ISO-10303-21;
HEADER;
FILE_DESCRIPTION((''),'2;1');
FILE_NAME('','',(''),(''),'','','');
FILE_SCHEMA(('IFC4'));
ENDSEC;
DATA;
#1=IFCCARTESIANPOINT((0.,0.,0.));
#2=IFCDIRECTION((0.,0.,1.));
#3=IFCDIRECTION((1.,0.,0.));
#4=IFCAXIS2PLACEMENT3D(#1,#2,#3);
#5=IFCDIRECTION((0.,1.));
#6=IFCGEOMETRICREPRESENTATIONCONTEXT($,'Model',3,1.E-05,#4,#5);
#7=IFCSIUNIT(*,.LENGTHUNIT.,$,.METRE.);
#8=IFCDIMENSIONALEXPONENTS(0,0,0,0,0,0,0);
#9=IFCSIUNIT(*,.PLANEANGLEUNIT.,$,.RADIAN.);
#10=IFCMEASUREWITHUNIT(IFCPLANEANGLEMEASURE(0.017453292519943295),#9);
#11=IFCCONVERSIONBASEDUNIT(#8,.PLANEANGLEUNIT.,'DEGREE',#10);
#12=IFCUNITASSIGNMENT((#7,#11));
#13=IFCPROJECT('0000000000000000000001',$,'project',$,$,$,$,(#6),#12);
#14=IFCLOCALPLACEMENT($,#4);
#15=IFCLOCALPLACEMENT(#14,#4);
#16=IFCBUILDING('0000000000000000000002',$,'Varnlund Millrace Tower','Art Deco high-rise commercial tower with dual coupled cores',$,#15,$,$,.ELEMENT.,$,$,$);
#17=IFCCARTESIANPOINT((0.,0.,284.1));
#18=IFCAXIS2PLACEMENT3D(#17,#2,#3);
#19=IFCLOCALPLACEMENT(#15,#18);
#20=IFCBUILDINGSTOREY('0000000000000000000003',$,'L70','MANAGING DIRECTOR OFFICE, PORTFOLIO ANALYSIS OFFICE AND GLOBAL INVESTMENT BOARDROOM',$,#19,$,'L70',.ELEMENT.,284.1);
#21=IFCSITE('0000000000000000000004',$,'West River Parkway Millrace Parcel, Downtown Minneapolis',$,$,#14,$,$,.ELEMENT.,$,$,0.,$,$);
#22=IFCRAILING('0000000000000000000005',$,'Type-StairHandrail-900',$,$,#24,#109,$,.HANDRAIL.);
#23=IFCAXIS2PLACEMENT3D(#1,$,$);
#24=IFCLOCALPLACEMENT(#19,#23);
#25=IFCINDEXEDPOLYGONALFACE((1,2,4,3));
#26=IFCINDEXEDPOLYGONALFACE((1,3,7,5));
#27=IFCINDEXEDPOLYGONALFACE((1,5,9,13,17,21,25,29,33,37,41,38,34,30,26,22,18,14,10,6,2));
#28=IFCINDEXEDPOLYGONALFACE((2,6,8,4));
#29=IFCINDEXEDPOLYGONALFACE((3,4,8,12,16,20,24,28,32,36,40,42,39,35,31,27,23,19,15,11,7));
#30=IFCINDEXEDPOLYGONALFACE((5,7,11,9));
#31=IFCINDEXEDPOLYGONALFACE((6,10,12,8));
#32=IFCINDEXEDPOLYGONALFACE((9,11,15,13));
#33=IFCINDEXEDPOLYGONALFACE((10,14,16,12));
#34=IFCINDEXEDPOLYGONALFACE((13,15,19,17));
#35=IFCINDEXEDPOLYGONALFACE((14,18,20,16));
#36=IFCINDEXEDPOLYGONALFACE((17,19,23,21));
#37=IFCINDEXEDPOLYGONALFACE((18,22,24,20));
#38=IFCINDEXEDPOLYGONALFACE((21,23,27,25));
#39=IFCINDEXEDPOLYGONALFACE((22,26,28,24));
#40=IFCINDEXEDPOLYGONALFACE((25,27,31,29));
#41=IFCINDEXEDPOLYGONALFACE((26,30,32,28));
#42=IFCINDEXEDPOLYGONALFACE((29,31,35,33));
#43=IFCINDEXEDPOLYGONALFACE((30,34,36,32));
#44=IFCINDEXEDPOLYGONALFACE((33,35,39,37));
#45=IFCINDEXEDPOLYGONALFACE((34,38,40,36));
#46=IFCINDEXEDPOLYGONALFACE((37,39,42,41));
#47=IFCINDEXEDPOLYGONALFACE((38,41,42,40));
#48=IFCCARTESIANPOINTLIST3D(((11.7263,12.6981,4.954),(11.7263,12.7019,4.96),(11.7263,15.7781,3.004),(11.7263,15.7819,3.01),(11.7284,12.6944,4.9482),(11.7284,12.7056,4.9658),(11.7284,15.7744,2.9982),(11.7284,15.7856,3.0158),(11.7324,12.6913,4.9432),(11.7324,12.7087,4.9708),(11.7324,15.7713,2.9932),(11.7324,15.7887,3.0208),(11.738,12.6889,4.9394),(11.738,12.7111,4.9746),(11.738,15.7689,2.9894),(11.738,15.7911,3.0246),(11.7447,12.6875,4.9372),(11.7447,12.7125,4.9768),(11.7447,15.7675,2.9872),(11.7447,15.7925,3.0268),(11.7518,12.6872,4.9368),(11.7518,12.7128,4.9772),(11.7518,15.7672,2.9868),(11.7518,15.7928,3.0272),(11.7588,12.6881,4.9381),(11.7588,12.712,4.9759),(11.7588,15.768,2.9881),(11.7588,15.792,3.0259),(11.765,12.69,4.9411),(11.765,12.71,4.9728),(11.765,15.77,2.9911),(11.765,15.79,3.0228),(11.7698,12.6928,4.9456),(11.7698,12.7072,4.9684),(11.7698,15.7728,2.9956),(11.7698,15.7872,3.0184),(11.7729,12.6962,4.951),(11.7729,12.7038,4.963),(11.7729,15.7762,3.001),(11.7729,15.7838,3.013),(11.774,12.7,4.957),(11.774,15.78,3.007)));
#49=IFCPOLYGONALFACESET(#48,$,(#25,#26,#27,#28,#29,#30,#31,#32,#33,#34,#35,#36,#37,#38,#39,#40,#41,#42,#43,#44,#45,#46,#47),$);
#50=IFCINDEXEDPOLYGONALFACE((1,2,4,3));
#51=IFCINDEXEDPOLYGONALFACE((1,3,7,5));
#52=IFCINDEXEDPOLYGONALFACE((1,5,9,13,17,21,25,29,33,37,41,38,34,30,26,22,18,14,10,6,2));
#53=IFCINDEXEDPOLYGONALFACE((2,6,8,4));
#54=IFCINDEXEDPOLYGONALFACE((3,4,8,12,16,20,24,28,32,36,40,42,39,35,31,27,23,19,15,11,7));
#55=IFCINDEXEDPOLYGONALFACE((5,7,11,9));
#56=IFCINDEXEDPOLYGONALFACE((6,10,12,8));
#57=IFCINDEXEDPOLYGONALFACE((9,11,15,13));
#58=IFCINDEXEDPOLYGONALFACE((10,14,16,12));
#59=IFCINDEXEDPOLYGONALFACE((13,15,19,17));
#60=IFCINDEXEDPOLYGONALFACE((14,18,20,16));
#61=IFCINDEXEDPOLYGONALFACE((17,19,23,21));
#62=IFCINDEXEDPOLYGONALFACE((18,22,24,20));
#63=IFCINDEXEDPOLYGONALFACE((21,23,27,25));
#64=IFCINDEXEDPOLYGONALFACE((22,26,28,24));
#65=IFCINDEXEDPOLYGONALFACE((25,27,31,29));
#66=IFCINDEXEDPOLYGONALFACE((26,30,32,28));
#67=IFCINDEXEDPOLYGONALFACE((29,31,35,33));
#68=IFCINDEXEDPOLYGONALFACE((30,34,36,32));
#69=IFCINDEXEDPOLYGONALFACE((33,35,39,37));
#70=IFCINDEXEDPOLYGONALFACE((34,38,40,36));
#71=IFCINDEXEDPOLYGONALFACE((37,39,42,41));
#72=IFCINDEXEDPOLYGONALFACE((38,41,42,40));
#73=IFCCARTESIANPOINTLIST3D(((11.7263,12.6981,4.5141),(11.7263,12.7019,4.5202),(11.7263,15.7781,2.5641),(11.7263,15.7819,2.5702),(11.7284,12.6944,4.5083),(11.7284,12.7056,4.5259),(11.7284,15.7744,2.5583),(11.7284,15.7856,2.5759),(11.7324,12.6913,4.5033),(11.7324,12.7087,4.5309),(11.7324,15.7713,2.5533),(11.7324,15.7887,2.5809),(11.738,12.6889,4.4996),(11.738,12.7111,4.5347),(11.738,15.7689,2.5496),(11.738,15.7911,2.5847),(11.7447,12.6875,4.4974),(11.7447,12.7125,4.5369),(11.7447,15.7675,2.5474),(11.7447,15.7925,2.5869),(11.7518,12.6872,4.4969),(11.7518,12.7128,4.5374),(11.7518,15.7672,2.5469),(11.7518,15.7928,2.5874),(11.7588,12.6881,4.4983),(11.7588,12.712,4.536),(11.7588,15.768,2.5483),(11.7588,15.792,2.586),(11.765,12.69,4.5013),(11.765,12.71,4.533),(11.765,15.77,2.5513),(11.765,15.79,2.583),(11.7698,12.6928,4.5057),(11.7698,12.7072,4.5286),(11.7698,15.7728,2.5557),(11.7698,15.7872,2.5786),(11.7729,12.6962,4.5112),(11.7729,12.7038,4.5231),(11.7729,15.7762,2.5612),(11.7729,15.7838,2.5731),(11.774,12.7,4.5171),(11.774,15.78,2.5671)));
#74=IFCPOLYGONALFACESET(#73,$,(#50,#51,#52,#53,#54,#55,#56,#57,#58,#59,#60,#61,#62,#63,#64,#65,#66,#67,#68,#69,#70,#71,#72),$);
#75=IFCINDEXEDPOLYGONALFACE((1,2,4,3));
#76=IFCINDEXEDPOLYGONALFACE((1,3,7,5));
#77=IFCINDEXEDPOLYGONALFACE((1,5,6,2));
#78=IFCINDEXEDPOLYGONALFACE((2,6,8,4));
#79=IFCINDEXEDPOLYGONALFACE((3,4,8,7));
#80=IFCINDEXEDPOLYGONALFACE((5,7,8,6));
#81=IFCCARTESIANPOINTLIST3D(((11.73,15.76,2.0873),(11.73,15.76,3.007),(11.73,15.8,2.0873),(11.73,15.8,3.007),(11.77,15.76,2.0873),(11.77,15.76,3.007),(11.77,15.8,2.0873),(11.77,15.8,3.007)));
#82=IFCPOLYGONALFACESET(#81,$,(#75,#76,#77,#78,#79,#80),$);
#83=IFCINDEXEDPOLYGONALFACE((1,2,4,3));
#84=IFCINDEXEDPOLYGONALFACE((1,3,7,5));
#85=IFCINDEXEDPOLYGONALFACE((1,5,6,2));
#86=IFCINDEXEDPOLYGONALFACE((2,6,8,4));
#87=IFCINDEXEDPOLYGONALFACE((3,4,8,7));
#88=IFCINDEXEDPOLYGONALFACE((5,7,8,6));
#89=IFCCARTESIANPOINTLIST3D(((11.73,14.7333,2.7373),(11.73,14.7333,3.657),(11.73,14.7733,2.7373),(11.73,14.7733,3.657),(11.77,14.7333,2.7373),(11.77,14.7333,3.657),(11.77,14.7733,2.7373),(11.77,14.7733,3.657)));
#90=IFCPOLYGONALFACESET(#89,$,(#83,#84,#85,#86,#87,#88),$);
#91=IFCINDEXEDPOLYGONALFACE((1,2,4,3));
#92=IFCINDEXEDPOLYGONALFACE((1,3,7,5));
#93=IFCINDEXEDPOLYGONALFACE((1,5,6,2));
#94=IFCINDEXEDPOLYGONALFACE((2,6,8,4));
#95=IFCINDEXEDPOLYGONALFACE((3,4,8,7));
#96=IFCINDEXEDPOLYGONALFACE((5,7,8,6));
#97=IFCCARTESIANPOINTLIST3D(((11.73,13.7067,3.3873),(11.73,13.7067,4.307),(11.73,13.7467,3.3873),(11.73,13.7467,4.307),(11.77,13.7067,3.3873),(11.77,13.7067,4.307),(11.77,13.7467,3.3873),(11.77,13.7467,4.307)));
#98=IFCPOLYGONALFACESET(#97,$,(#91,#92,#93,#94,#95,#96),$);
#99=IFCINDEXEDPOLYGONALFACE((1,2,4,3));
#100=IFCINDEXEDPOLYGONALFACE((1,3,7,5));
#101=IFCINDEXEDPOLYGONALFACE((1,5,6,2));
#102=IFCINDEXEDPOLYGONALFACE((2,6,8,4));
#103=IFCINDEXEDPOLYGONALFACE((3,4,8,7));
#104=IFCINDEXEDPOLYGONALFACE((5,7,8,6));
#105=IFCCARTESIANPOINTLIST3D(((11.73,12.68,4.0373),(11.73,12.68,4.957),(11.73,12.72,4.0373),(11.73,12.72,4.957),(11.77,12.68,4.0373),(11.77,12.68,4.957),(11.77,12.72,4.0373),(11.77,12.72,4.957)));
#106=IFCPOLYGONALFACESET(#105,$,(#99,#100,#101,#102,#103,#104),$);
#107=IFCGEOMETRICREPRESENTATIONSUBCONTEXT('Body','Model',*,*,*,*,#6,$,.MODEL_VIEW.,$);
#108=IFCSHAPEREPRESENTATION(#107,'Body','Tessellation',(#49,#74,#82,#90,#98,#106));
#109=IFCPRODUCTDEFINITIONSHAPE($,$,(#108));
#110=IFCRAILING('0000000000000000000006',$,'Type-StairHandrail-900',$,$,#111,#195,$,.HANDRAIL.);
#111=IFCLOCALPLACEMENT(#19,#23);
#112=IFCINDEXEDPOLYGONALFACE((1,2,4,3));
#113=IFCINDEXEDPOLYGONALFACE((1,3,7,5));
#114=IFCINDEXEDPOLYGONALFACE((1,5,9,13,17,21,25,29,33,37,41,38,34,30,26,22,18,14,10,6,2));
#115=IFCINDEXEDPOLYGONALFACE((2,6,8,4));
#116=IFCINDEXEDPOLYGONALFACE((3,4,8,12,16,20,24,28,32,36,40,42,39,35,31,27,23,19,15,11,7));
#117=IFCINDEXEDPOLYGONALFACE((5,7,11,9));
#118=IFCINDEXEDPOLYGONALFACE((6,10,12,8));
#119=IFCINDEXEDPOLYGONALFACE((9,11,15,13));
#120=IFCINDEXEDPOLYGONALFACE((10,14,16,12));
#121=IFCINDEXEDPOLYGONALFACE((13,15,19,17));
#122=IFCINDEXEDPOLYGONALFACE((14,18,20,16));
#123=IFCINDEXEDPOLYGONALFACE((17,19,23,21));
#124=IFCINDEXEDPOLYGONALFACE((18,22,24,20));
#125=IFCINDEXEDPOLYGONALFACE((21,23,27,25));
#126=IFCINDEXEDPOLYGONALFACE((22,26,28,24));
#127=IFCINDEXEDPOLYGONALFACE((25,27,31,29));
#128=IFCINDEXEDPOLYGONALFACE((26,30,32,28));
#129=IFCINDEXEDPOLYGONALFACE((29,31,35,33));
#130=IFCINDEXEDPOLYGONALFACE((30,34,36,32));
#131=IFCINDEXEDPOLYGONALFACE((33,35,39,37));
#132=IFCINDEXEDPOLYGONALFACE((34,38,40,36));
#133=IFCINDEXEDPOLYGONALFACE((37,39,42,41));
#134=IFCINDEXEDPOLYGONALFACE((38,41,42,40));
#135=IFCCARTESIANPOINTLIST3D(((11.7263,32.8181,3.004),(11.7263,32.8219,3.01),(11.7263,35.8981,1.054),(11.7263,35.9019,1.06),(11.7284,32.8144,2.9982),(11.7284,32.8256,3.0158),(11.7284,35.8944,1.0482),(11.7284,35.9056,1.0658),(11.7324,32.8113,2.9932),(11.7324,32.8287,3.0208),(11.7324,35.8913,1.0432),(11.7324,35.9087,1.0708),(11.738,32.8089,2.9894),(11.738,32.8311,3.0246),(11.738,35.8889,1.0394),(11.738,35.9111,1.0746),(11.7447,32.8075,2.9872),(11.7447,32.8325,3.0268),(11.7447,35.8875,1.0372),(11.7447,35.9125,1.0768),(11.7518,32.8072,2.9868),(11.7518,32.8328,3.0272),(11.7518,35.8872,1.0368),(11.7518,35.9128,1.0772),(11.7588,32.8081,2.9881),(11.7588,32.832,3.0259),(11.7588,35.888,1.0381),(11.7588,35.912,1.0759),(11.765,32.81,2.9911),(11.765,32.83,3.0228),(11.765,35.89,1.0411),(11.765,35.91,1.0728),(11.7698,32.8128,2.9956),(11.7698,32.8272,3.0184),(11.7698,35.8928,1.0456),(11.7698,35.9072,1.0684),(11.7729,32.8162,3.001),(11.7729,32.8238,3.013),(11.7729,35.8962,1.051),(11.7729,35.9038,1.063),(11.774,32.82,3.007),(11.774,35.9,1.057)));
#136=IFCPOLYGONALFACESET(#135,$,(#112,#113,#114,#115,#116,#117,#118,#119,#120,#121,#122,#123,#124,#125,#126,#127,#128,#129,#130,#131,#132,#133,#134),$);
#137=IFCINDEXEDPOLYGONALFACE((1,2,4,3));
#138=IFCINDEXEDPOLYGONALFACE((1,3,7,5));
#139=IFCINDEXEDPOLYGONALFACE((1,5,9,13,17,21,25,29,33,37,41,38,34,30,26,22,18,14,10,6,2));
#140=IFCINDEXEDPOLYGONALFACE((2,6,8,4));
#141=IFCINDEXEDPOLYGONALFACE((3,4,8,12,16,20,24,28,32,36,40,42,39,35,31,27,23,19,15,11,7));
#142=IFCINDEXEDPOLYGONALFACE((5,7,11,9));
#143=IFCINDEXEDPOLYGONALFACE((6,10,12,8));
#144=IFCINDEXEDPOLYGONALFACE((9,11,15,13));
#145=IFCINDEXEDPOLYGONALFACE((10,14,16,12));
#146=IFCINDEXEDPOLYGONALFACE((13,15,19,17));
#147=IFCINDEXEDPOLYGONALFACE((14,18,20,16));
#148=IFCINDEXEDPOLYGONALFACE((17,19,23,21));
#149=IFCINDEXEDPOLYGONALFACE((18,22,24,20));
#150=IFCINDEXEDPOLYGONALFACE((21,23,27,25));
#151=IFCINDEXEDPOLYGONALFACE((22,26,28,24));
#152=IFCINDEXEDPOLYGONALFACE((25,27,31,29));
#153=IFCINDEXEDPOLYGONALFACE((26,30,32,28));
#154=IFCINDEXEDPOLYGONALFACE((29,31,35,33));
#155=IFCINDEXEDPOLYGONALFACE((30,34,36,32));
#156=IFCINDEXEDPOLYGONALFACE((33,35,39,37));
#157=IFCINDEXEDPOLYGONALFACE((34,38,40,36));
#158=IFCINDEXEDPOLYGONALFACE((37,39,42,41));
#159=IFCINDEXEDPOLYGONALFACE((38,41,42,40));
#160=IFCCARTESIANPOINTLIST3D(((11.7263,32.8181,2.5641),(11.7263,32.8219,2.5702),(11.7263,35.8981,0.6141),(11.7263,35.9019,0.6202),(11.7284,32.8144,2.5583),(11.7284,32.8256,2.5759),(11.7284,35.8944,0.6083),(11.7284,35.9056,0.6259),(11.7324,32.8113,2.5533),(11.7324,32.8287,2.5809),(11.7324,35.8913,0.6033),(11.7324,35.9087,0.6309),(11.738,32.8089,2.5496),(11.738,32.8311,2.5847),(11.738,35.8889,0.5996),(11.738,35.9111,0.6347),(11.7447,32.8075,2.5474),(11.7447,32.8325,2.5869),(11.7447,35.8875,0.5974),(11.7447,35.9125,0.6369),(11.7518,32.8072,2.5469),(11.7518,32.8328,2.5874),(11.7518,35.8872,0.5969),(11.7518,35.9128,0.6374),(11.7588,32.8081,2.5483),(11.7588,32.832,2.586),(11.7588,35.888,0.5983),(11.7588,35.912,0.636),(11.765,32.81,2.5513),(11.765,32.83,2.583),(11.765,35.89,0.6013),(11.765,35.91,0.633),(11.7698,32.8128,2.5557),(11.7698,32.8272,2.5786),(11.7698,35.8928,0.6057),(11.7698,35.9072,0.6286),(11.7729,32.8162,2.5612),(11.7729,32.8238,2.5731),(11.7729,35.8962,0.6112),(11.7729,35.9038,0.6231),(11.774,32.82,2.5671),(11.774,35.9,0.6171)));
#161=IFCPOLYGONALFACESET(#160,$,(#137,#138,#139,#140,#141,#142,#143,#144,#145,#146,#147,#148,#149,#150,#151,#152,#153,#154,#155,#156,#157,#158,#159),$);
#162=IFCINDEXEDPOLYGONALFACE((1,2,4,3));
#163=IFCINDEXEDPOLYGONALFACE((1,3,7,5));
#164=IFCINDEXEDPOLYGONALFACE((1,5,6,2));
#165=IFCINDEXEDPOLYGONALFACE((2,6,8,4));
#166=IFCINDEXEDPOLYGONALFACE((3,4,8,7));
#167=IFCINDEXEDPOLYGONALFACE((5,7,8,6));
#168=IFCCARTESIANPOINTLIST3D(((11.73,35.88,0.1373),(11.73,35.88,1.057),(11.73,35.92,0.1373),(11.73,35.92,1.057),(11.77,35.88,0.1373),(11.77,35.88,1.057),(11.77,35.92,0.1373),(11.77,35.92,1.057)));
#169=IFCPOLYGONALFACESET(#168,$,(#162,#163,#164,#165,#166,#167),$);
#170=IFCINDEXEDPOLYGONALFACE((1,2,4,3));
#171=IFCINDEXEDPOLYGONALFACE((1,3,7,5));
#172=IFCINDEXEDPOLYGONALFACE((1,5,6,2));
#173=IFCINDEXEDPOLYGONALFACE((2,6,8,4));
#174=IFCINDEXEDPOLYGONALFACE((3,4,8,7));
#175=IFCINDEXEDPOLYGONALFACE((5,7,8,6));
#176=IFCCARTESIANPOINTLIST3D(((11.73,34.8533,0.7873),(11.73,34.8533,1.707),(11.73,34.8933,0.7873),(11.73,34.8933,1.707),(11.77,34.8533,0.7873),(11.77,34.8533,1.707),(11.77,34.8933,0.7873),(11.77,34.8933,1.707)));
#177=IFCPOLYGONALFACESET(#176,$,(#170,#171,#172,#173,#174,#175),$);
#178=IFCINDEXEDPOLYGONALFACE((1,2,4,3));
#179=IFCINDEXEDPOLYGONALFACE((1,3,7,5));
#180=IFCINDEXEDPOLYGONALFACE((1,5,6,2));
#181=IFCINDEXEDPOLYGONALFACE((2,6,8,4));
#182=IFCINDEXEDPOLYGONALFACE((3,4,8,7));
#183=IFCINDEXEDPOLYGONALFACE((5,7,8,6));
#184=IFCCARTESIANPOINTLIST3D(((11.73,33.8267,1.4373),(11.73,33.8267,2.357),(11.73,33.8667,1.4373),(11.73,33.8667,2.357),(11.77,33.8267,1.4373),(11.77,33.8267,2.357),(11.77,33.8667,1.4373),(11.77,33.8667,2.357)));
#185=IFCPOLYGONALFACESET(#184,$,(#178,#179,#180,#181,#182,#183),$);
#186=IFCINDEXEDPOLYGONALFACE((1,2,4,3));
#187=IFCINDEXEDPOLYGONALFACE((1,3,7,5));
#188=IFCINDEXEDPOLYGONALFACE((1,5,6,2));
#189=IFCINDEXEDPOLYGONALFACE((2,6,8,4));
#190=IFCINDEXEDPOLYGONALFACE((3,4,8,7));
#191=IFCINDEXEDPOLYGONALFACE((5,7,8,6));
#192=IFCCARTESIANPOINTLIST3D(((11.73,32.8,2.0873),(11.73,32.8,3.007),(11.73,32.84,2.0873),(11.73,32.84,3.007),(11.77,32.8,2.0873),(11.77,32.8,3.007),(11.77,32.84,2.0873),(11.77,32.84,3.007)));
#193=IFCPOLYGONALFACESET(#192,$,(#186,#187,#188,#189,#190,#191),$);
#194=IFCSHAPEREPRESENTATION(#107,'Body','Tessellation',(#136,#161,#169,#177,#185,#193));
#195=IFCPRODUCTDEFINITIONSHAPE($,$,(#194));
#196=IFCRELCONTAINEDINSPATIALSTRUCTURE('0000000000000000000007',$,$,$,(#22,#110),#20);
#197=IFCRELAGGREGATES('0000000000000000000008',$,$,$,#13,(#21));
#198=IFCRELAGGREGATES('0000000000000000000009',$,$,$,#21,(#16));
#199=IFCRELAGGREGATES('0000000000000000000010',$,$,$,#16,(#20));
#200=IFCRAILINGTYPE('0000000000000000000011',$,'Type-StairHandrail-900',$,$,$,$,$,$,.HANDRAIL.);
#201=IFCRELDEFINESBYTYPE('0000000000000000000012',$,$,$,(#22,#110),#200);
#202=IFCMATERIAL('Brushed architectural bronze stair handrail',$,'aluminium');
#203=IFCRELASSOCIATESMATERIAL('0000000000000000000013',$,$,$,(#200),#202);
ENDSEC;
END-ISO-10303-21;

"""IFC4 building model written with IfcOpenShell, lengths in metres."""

from ifc_helpers import new_model, entity, si_unit, converted_unit, direction, frame, origin_with_axes, origin_2d_with_axis, place, context, subcontext, project, spatial, rectangle, circle, extrude, material, type_object, element, save


model = new_model("IFC4")

# Units and contexts
model_context = context("Model", 3, precision=1e-05, world=origin_with_axes(), true_north=direction((0.0, 1.0)))
body_context = subcontext(model_context, "Body", "Model", "MODEL_VIEW")
ifc_project = project(units=[si_unit("LENGTHUNIT", "METRE"), converted_unit("PLANEANGLEUNIT", "DEGREE", entity("IfcPlaneAngleMeasure", 0.017453292519943295), si_unit("PLANEANGLEUNIT", "RADIAN"), dimensions=[0, 0, 0, 0, 0, 0, 0])], contexts=[model_context])

# Site, building, storey
site_placement = place(None, origin_with_axes())
site = spatial("IfcSite", under=ifc_project, at=site_placement, Name="West River Parkway Millrace Parcel, Downtown Minneapolis", CompositionType="ELEMENT", RefElevation=0.0)
building_placement = place(site_placement, origin_with_axes())
building = spatial("IfcBuilding", under=site, at=building_placement, Name="Varnlund Millrace Tower", Description="Art Deco high-rise commercial tower with dual coupled cores", CompositionType="ELEMENT")
storey_placement = place(building_placement, frame((0.0, 0.0, 284.1), z_axis=(0.0, 0.0, 1.0), x_axis=(1.0, 0.0, 0.0)))
storey = spatial("IfcBuildingStorey", under=building, at=storey_placement, Name="L70", Description="MANAGING DIRECTOR OFFICE, PORTFOLIO ANALYSIS OFFICE AND GLOBAL INVESTMENT BOARDROOM", LongName="L70", CompositionType="ELEMENT", Elevation=284.1)

# Railings
ifc_material_1 = material(Name="Brushed architectural bronze stair handrail", Category="aluminium")
railing_type_1 = type_object("IfcRailingType", Name="Type-StairHandrail-900", PredefinedType="HANDRAIL", material=ifc_material_1)
railing_1_placement = place(storey_placement, frame((0.0, 0.0, -284.1), z_axis=(0.0, 0.0, 1.0), x_axis=(1.0, 0.0, 0.0)))
element("IfcRailing", 1, at=railing_1_placement, inside=storey, type_object=railing_type_1, Name="Type-StairHandrail-900", PredefinedType="HANDRAIL", context=body_context, shape_type="SweptSolid", body=[
    extrude(circle(Radius=0.024, at=origin_2d_with_axis()), frame((11.75, 15.78, 287.107), z_axis=(0.0, -0.844902, 0.534922), x_axis=(1.0, 0.0, 0.0)), (0.0, 0.0, 1.0), 3.6454),
    extrude(circle(Radius=0.024, at=origin_2d_with_axis()), frame((11.75, 15.78, 286.6671), z_axis=(0.0, -0.844902, 0.534922), x_axis=(1.0, 0.0, 0.0)), (0.0, 0.0, 1.0), 3.6454),
    extrude(rectangle(XDim=0.04, YDim=0.04, at=origin_2d_with_axis()), frame((11.75, 15.78, 286.1873), z_axis=(0.0, 0.0, 1.0), x_axis=(1.0, 0.0, 0.0)), (0.0, 0.0, 1.0), 0.9197),
    extrude(rectangle(XDim=0.04, YDim=0.04, at=origin_2d_with_axis()), frame((11.75, 14.7533, 286.8373), z_axis=(0.0, 0.0, 1.0), x_axis=(1.0, 0.0, 0.0)), (0.0, 0.0, 1.0), 0.9197),
    extrude(rectangle(XDim=0.04, YDim=0.04, at=origin_2d_with_axis()), frame((11.75, 13.7267, 287.4873), z_axis=(0.0, 0.0, 1.0), x_axis=(1.0, 0.0, 0.0)), (0.0, 0.0, 1.0), 0.9197),
    extrude(rectangle(XDim=0.04, YDim=0.04, at=origin_2d_with_axis()), frame((11.75, 12.7, 288.1373), z_axis=(0.0, 0.0, 1.0), x_axis=(1.0, 0.0, 0.0)), (0.0, 0.0, 1.0), 0.9197),
])
railing_2_placement = place(storey_placement, frame((0.0, 0.0, -284.1), z_axis=(0.0, 0.0, 1.0), x_axis=(1.0, 0.0, 0.0)))
element("IfcRailing", 2, at=railing_2_placement, inside=storey, type_object=railing_type_1, Name="Type-StairHandrail-900", PredefinedType="HANDRAIL", context=body_context, shape_type="SweptSolid", body=[
    extrude(circle(Radius=0.024, at=origin_2d_with_axis()), frame((11.75, 35.9, 285.157), z_axis=(0.0, -0.844902, 0.534922), x_axis=(1.0, 0.0, 0.0)), (0.0, 0.0, 1.0), 3.6454),
    extrude(circle(Radius=0.024, at=origin_2d_with_axis()), frame((11.75, 35.9, 284.7171), z_axis=(0.0, -0.844902, 0.534922), x_axis=(1.0, 0.0, 0.0)), (0.0, 0.0, 1.0), 3.6454),
    extrude(rectangle(XDim=0.04, YDim=0.04, at=origin_2d_with_axis()), frame((11.75, 35.9, 284.2373), z_axis=(0.0, 0.0, 1.0), x_axis=(1.0, 0.0, 0.0)), (0.0, 0.0, 1.0), 0.9197),
    extrude(rectangle(XDim=0.04, YDim=0.04, at=origin_2d_with_axis()), frame((11.75, 34.8733, 284.8873), z_axis=(0.0, 0.0, 1.0), x_axis=(1.0, 0.0, 0.0)), (0.0, 0.0, 1.0), 0.9197),
    extrude(rectangle(XDim=0.04, YDim=0.04, at=origin_2d_with_axis()), frame((11.75, 33.8467, 285.5373), z_axis=(0.0, 0.0, 1.0), x_axis=(1.0, 0.0, 0.0)), (0.0, 0.0, 1.0), 0.9197),
    extrude(rectangle(XDim=0.04, YDim=0.04, at=origin_2d_with_axis()), frame((11.75, 32.82, 286.1873), z_axis=(0.0, 0.0, 1.0), x_axis=(1.0, 0.0, 0.0)), (0.0, 0.0, 1.0), 0.9197),
])

save(model, "model.ifc")
